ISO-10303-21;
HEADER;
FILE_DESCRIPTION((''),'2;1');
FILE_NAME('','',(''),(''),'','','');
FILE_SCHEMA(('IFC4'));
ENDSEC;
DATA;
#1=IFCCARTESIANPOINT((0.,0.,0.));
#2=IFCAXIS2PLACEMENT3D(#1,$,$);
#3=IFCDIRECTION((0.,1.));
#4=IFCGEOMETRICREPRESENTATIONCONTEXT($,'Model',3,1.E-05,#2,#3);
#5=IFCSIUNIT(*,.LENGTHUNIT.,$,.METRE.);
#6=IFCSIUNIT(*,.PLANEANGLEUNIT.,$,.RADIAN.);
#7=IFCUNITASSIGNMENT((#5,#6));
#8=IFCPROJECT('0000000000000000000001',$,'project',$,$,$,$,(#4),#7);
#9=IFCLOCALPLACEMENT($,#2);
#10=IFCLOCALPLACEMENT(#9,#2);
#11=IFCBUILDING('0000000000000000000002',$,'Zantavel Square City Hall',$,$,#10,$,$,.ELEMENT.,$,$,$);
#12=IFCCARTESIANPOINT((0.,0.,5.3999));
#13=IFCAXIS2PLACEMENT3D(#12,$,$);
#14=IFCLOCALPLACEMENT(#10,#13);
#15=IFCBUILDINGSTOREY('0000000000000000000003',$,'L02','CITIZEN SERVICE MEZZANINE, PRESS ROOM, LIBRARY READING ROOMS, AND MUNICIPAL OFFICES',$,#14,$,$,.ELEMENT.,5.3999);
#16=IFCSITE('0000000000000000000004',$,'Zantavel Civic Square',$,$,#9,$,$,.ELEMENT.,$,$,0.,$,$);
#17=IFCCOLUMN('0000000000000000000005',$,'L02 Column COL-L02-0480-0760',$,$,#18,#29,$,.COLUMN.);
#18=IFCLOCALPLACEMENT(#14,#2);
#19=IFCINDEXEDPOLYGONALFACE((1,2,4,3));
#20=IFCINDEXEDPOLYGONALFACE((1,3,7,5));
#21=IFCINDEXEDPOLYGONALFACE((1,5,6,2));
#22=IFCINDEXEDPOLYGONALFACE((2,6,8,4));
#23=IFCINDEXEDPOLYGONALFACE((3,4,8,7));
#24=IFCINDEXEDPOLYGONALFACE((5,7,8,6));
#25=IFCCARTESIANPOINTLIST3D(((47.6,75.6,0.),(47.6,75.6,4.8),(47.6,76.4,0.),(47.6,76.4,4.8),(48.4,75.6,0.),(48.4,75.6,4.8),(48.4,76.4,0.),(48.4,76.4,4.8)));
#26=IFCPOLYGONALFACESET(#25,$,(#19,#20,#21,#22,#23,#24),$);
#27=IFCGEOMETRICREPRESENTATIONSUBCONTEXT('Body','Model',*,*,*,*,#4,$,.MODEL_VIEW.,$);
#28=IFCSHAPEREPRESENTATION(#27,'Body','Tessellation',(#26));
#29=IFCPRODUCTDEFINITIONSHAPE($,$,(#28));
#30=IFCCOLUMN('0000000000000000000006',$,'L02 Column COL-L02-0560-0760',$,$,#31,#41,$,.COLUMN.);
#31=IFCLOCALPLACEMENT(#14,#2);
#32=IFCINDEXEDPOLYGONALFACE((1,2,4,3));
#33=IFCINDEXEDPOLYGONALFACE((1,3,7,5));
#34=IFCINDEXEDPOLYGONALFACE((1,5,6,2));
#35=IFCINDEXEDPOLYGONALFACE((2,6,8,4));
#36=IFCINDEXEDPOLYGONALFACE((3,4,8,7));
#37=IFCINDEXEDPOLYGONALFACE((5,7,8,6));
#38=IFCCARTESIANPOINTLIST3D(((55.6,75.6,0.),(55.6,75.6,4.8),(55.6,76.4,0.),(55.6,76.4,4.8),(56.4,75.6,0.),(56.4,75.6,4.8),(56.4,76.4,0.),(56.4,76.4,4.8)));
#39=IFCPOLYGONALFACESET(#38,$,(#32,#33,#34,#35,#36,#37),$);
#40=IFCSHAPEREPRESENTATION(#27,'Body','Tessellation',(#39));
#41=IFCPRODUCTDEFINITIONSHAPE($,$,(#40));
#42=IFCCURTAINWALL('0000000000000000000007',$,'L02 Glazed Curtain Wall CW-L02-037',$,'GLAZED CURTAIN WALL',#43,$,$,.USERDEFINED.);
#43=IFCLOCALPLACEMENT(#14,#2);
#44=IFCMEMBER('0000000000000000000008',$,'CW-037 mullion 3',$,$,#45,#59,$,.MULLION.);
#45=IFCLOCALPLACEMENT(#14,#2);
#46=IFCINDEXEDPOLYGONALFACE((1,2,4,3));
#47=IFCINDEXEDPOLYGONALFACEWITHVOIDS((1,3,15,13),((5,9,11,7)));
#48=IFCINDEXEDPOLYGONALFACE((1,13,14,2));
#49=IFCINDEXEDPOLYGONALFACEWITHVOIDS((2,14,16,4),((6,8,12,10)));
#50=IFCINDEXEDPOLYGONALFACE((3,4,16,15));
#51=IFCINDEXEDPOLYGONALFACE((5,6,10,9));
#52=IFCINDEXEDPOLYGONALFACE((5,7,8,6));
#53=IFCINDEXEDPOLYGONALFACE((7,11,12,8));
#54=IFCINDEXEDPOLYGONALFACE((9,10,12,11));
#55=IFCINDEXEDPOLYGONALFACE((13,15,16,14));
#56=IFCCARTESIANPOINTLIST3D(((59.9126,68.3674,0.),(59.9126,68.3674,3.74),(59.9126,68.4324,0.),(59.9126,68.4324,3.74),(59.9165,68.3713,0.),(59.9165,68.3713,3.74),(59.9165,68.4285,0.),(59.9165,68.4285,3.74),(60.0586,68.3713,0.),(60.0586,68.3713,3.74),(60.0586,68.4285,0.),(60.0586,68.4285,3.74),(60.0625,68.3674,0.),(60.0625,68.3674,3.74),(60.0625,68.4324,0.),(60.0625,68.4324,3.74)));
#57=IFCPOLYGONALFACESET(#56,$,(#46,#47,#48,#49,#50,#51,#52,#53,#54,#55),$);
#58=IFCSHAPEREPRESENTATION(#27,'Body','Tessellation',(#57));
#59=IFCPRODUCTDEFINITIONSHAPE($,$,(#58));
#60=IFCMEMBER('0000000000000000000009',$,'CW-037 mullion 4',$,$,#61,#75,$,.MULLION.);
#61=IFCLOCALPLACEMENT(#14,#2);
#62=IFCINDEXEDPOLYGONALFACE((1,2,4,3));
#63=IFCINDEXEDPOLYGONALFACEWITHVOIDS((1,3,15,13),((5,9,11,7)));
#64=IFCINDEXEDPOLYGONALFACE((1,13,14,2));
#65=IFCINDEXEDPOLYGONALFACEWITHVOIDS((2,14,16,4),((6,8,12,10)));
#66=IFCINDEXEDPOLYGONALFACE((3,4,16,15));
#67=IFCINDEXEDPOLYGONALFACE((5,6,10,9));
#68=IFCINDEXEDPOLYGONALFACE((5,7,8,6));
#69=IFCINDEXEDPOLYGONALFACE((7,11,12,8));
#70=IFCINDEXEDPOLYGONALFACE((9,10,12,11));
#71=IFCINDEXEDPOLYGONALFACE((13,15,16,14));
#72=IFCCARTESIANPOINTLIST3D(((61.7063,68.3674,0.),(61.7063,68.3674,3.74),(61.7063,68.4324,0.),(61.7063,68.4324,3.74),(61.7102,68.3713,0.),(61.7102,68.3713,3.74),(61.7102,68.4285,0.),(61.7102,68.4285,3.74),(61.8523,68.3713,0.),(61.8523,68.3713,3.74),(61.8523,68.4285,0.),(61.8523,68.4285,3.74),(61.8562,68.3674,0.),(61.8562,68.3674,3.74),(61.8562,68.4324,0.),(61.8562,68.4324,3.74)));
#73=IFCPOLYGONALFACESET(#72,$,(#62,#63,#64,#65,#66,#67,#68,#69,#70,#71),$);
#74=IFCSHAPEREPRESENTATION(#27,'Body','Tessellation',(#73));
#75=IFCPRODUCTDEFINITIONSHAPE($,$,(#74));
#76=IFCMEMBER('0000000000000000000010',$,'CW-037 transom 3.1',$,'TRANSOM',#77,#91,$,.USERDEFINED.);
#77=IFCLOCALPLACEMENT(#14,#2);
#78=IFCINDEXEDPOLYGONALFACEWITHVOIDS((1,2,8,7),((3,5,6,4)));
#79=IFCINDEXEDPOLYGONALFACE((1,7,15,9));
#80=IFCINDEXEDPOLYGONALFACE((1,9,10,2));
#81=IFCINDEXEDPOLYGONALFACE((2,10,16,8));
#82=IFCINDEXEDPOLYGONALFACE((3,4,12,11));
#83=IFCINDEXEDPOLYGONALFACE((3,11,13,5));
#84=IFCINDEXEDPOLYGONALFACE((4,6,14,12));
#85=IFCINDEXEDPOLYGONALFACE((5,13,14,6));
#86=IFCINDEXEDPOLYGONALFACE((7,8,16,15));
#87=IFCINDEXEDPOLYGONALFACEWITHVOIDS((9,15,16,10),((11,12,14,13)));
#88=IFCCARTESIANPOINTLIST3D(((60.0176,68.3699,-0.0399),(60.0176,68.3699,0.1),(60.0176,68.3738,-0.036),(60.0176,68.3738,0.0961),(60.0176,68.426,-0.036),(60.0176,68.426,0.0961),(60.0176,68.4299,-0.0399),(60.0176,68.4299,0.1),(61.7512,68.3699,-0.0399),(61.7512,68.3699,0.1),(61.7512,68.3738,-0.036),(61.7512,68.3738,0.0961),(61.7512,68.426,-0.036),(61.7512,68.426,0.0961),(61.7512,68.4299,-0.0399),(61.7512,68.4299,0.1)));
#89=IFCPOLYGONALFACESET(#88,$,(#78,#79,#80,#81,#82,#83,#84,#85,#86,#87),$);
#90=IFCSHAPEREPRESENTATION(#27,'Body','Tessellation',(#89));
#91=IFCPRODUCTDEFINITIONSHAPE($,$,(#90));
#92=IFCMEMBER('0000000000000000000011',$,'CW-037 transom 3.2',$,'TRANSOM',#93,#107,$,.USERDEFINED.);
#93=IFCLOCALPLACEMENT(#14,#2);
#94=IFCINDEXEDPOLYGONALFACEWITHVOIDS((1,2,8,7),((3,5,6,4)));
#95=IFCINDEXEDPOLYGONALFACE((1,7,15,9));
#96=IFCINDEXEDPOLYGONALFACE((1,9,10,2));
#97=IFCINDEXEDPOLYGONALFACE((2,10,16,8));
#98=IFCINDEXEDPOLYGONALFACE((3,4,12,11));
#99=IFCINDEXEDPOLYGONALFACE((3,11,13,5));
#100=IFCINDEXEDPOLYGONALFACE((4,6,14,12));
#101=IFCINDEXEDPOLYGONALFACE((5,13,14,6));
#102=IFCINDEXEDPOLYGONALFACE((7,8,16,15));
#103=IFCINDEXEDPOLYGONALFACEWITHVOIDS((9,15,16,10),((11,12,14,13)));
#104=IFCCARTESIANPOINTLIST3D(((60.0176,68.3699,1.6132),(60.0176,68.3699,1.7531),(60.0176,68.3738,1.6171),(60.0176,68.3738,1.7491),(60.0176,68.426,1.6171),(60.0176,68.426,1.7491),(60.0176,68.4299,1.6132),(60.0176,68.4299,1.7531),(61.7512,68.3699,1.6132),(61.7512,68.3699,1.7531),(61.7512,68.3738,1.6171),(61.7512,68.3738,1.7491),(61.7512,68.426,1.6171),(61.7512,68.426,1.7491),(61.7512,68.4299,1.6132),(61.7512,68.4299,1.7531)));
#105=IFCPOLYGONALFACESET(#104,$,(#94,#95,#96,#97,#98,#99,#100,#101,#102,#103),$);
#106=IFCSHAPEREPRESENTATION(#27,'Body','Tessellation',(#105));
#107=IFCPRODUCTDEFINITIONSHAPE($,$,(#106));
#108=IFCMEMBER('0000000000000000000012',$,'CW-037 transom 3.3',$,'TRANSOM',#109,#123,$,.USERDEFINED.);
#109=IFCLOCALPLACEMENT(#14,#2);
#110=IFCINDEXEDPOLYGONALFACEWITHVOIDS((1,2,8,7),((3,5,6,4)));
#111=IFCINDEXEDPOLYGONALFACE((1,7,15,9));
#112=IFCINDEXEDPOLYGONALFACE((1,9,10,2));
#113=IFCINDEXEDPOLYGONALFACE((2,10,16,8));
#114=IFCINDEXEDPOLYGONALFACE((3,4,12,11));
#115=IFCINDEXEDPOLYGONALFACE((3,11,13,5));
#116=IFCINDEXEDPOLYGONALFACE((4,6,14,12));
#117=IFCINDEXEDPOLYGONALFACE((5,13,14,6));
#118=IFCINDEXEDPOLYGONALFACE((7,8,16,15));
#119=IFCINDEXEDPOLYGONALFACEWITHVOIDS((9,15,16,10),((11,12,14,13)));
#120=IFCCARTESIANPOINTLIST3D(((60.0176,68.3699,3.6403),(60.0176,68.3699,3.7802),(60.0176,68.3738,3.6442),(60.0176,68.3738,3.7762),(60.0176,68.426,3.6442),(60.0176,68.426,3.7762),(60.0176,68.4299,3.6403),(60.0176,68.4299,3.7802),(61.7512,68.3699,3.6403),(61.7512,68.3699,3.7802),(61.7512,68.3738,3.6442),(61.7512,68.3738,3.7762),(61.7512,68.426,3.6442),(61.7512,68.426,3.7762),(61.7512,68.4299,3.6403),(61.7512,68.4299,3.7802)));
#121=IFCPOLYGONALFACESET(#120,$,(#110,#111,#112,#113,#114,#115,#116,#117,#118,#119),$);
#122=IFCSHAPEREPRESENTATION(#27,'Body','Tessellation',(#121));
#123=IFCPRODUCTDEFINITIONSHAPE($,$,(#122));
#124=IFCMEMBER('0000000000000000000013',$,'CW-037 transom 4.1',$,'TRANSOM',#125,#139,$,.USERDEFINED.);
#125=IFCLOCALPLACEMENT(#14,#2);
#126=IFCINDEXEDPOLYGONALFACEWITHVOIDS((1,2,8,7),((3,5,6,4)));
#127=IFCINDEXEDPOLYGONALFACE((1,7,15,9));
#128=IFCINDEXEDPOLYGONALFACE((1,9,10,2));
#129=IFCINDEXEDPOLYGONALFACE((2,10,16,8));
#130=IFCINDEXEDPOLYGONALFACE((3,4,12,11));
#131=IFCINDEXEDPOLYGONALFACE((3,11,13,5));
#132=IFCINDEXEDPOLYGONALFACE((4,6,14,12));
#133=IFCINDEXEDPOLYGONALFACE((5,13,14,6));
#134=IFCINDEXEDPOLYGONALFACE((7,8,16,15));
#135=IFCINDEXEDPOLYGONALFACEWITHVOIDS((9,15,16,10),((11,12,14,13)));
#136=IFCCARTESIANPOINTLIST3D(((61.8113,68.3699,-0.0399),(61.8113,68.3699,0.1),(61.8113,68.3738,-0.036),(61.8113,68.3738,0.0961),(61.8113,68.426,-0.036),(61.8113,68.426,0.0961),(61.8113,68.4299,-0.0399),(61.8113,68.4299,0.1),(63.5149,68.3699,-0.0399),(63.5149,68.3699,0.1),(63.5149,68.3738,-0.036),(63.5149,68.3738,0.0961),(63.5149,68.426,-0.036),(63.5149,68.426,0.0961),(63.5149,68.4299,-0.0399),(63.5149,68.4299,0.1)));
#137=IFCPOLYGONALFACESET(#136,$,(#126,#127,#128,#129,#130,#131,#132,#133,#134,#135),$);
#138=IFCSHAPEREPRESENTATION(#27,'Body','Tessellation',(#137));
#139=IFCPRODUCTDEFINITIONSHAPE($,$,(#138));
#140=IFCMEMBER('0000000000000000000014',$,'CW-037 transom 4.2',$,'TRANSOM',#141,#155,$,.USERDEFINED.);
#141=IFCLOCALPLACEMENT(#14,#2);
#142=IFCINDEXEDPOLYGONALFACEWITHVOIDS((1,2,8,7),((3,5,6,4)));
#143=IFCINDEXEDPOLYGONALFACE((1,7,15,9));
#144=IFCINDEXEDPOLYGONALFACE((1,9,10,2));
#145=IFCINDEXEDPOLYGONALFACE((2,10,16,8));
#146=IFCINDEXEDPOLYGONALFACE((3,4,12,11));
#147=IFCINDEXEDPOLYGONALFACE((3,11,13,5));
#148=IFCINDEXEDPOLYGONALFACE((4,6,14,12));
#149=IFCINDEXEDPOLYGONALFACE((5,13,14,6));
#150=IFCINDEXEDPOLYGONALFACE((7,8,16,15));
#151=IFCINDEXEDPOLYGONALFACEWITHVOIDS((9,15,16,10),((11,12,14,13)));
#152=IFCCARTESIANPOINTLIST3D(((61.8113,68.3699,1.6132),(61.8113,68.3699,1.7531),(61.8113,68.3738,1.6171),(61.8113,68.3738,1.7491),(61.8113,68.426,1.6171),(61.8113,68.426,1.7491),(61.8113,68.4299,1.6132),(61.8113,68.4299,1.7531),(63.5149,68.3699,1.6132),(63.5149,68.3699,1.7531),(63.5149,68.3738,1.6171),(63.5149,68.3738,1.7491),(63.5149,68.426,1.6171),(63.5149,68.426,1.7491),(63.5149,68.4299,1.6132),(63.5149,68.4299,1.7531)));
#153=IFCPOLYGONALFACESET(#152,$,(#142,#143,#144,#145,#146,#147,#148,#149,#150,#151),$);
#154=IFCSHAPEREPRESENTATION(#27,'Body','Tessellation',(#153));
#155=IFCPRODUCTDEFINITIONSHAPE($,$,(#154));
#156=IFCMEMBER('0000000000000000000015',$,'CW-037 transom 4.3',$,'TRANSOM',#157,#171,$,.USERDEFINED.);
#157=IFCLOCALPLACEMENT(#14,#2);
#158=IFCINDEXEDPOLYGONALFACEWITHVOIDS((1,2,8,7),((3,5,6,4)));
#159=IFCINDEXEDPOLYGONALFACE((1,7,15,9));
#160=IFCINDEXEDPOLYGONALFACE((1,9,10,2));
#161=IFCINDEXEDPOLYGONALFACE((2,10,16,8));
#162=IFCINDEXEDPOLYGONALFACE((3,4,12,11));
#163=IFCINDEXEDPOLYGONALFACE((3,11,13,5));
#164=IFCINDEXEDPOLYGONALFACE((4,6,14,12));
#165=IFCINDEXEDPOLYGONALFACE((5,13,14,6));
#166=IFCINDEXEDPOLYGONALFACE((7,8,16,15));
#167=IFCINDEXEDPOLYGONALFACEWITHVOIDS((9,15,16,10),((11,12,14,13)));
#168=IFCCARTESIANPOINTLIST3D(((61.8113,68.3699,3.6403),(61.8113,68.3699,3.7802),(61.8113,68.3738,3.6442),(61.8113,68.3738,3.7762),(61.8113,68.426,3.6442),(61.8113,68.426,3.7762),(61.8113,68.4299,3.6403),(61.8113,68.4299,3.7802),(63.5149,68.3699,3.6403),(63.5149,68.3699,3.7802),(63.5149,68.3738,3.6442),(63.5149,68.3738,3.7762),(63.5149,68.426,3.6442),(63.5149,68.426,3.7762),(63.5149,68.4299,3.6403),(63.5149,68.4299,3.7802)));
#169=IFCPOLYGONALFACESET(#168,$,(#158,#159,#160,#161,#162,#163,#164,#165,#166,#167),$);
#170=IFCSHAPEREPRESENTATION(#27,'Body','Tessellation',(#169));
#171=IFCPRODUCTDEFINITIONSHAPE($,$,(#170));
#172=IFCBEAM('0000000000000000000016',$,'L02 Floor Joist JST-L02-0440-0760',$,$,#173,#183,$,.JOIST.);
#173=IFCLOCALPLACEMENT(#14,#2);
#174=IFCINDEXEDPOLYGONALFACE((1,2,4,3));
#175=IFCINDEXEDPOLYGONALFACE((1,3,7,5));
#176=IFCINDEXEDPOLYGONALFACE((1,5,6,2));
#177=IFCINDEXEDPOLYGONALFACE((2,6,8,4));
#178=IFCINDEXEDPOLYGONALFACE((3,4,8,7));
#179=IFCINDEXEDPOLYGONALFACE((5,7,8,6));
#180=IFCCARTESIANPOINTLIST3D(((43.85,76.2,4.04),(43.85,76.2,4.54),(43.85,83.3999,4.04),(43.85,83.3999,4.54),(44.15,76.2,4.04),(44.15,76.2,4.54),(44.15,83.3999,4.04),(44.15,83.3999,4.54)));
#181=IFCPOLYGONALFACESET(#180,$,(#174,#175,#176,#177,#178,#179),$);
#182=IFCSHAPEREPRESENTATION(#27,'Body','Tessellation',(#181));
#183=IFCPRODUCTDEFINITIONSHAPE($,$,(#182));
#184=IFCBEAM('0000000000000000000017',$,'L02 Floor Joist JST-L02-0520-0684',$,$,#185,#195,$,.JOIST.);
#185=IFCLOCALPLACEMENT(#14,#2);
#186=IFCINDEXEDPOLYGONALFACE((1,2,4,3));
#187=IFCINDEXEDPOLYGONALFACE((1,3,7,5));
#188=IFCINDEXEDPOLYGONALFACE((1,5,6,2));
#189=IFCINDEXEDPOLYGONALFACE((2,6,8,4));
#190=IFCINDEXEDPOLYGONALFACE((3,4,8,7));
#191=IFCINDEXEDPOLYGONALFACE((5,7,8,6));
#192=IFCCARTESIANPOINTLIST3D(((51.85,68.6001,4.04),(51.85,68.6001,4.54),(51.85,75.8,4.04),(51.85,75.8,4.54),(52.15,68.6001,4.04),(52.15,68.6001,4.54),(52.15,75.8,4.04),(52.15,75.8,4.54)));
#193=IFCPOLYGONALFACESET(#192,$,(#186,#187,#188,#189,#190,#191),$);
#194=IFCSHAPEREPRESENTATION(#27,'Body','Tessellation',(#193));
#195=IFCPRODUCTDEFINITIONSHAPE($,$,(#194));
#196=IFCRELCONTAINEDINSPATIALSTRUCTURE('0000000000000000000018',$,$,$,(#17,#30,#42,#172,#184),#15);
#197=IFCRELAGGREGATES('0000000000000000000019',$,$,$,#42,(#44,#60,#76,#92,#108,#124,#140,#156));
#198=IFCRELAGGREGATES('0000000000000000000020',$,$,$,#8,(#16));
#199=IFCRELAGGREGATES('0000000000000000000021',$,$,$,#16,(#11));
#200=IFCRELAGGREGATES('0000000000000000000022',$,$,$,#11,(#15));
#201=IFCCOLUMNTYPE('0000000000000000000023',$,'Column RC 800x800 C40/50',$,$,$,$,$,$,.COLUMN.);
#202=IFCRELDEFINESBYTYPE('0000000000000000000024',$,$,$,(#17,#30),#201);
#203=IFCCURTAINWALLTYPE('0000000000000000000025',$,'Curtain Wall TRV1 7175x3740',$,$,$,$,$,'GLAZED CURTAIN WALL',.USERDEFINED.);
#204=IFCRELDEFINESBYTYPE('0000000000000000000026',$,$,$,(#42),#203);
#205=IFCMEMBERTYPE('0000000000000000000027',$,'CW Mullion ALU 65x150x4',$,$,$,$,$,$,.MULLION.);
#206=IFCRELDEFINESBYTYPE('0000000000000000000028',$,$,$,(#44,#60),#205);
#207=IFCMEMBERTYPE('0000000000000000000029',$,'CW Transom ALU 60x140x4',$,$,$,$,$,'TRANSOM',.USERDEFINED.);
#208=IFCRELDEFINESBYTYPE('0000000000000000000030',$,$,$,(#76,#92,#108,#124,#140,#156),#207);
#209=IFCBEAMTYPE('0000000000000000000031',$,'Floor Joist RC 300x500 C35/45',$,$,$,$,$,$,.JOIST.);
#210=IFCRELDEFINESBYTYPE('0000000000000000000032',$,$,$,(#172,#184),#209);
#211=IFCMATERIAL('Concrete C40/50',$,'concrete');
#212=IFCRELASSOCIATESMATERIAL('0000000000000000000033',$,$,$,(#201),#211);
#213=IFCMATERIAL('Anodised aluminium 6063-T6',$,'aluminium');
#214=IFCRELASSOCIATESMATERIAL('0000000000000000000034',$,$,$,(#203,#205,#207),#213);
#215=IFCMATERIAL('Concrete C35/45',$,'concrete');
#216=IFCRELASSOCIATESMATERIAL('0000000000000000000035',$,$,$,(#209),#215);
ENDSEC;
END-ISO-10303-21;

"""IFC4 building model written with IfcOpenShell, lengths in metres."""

from ifc_helpers import new_model, si_unit, direction, frame, origin, origin_2d, place, context, subcontext, project, spatial, rectangle, hollow_rectangle, extrude, material, material_profile, profile_set, type_object, element, aggregate, save


model = new_model("IFC4")

# Units and contexts
model_context = context("Model", 3, precision=1e-05, world=origin(), true_north=direction((0.0, 1.0)))
body_context = subcontext(model_context, "Body", "Model", "MODEL_VIEW")
ifc_project = project(units=[si_unit("LENGTHUNIT", "METRE"), si_unit("PLANEANGLEUNIT", "RADIAN")], contexts=[model_context])

# Site, building, storey
site_placement = place(None, origin())
site = spatial("IfcSite", under=ifc_project, at=site_placement, Name="Zantavel Civic Square", CompositionType="ELEMENT", RefElevation=0.0)
building_placement = place(site_placement, origin())
building = spatial("IfcBuilding", under=site, at=building_placement, Name="Zantavel Square City Hall", CompositionType="ELEMENT")
storey_placement = place(building_placement, frame((0.0, 0.0, 5.3999)))
storey = spatial("IfcBuildingStorey", under=building, at=storey_placement, Name="L02", Description="CITIZEN SERVICE MEZZANINE, PRESS ROOM, LIBRARY READING ROOMS, AND MUNICIPAL OFFICES", CompositionType="ELEMENT", Elevation=5.3999)

# Columns
ifc_material_1 = material(Name="Concrete C40/50", Category="concrete")
ifc_material_profile_1 = material_profile(ifc_material_1, rectangle(XDim=0.8, YDim=0.8, at=origin_2d()), Name="RC 800x800")
ifc_profile_set_1 = profile_set([ifc_material_profile_1], Name="Concrete C40/50")
column_type = type_object("IfcColumnType", Name="Column RC 800x800 C40/50", PredefinedType="COLUMN", material=ifc_profile_set_1)
for number, where, z_axis, x_axis, name in (
    (1, (48.0, 76.0, 0.0), (0.0, 0.0, 1.0), (1.0, 0.0, 0.0), "L02 Column COL-L02-0480-0760"),
    (2, (56.0, 76.0, 0.0), (0.0, 0.0, 1.0), (1.0, 0.0, 0.0), "L02 Column COL-L02-0560-0760"),
):
    element("IfcColumn", number, at=place(storey_placement, frame(where, z_axis=z_axis, x_axis=x_axis)), inside=storey, type_object=column_type, Name=name, PredefinedType="COLUMN", context=body_context, shape_type="SweptSolid", body=[
        extrude(rectangle(XDim=0.8, YDim=0.8, at=origin_2d()), origin(), (0.0, 0.0, 1.0), 4.8),
    ])

# Curtain wall, members
ifc_material_2 = material(Name="Anodised aluminium 6063-T6", Category="aluminium")
curtain_wall_type = type_object("IfcCurtainWallType", Name="Curtain Wall TRV1 7175x3740", ElementType="GLAZED CURTAIN WALL", PredefinedType="USERDEFINED", material=ifc_material_2)
curtain_wall_placement = place(storey_placement, origin())
curtain_wall = element("IfcCurtainWall", 3, at=curtain_wall_placement, inside=storey, type_object=curtain_wall_type, Name="L02 Glazed Curtain Wall CW-L02-037", ObjectType="GLAZED CURTAIN WALL", PredefinedType="USERDEFINED")
ifc_material_profile_2 = material_profile(ifc_material_2, hollow_rectangle(XDim=0.0649, YDim=0.1499, WallThickness=0.0039, at=origin_2d()), Name="ALU 65x150x4")
ifc_profile_set_2 = profile_set([ifc_material_profile_2], Name="Anodised aluminium 6063-T6")
member_type_1 = type_object("IfcMemberType", Name="CW Mullion ALU 65x150x4", PredefinedType="MULLION", material=ifc_profile_set_2)
member_1_placement = place(storey_placement, frame((59.9875, 68.3999, 0.0), z_axis=(0.0, 0.0, 1.0), x_axis=(0.0, 1.0, 0.0)))
member_1 = element("IfcMember", 4, at=member_1_placement, type_object=member_type_1, Name="CW-037 mullion 3", PredefinedType="MULLION", context=body_context, shape_type="SweptSolid", body=[
    extrude(hollow_rectangle(XDim=0.0649, YDim=0.1499, WallThickness=0.0039, at=origin_2d()), origin(), (0.0, 0.0, 1.0), 3.74),
])
member_2_placement = place(storey_placement, frame((61.7812, 68.3999, 0.0), z_axis=(0.0, 0.0, 1.0), x_axis=(0.0, 1.0, 0.0)))
member_2 = element("IfcMember", 5, at=member_2_placement, type_object=member_type_1, Name="CW-037 mullion 4", PredefinedType="MULLION", context=body_context, shape_type="SweptSolid", body=[
    extrude(hollow_rectangle(XDim=0.0649, YDim=0.1499, WallThickness=0.0039, at=origin_2d()), origin(), (0.0, 0.0, 1.0), 3.74),
])
ifc_material_profile_3 = material_profile(ifc_material_2, hollow_rectangle(XDim=0.0601, YDim=0.1399, WallThickness=0.0039, at=origin_2d()), Name="ALU 60x140x4")
ifc_profile_set_3 = profile_set([ifc_material_profile_3], Name="Anodised aluminium 6063-T6")
member_type_2 = type_object("IfcMemberType", Name="CW Transom ALU 60x140x4", ElementType="TRANSOM", PredefinedType="USERDEFINED", material=ifc_profile_set_3)
member_3_placement = place(storey_placement, frame((60.0176, 68.3999, 0.03), z_axis=(1.0, 0.0, 0.0), x_axis=(0.0, 1.0, 0.0)))
member_3 = element("IfcMember", 6, at=member_3_placement, type_object=member_type_2, Name="CW-037 transom 3.1", ObjectType="TRANSOM", PredefinedType="USERDEFINED", context=body_context, shape_type="SweptSolid", body=[
    extrude(hollow_rectangle(XDim=0.0601, YDim=0.1399, WallThickness=0.0039, at=origin_2d()), origin(), (0.0, 0.0, 1.0), 1.7336),
])
member_4_placement = place(storey_placement, frame((60.0176, 68.3999, 1.6831), z_axis=(1.0, 0.0, 0.0), x_axis=(0.0, 1.0, 0.0)))
member_4 = element("IfcMember", 7, at=member_4_placement, type_object=member_type_2, Name="CW-037 transom 3.2", ObjectType="TRANSOM", PredefinedType="USERDEFINED", context=body_context, shape_type="SweptSolid", body=[
    extrude(hollow_rectangle(XDim=0.0601, YDim=0.1399, WallThickness=0.0039, at=origin_2d()), origin(), (0.0, 0.0, 1.0), 1.7336),
])
member_5_placement = place(storey_placement, frame((60.0176, 68.3999, 3.7102), z_axis=(1.0, 0.0, 0.0), x_axis=(0.0, 1.0, 0.0)))
member_5 = element("IfcMember", 8, at=member_5_placement, type_object=member_type_2, Name="CW-037 transom 3.3", ObjectType="TRANSOM", PredefinedType="USERDEFINED", context=body_context, shape_type="SweptSolid", body=[
    extrude(hollow_rectangle(XDim=0.0601, YDim=0.1399, WallThickness=0.0039, at=origin_2d()), origin(), (0.0, 0.0, 1.0), 1.7336),
])
member_6_placement = place(storey_placement, frame((61.8113, 68.3999, 0.03), z_axis=(1.0, 0.0, 0.0), x_axis=(0.0, 1.0, 0.0)))
member_6 = element("IfcMember", 9, at=member_6_placement, type_object=member_type_2, Name="CW-037 transom 4.1", ObjectType="TRANSOM", PredefinedType="USERDEFINED", context=body_context, shape_type="SweptSolid", body=[
    extrude(hollow_rectangle(XDim=0.0601, YDim=0.1399, WallThickness=0.0039, at=origin_2d()), origin(), (0.0, 0.0, 1.0), 1.7036),
])
member_7_placement = place(storey_placement, frame((61.8113, 68.3999, 1.6831), z_axis=(1.0, 0.0, 0.0), x_axis=(0.0, 1.0, 0.0)))
member_7 = element("IfcMember", 10, at=member_7_placement, type_object=member_type_2, Name="CW-037 transom 4.2", ObjectType="TRANSOM", PredefinedType="USERDEFINED", context=body_context, shape_type="SweptSolid", body=[
    extrude(hollow_rectangle(XDim=0.0601, YDim=0.1399, WallThickness=0.0039, at=origin_2d()), origin(), (0.0, 0.0, 1.0), 1.7036),
])
member_8_placement = place(storey_placement, frame((61.8113, 68.3999, 3.7102), z_axis=(1.0, 0.0, 0.0), x_axis=(0.0, 1.0, 0.0)))
member_8 = element("IfcMember", 11, at=member_8_placement, type_object=member_type_2, Name="CW-037 transom 4.3", ObjectType="TRANSOM", PredefinedType="USERDEFINED", context=body_context, shape_type="SweptSolid", body=[
    extrude(hollow_rectangle(XDim=0.0601, YDim=0.1399, WallThickness=0.0039, at=origin_2d()), origin(), (0.0, 0.0, 1.0), 1.7036),
])

# Beams
ifc_material_3 = material(Name="Concrete C35/45", Category="concrete")
ifc_material_profile_4 = material_profile(ifc_material_3, rectangle(XDim=0.3, YDim=0.5, at=origin_2d()), Name="RC 300x500")
ifc_profile_set_4 = profile_set([ifc_material_profile_4], Name="Concrete C35/45")
beam_type_1 = type_object("IfcBeamType", Name="Floor Joist RC 300x500 C35/45", PredefinedType="JOIST", material=ifc_profile_set_4)
for number, where, z_axis, x_axis, name in (
    (12, (44.0, 76.2, 4.29), (0.0, 1.0, 0.0), (-1.0, 0.0, 0.0), "L02 Floor Joist JST-L02-0440-0760"),
    (13, (52.0, 68.6001, 4.29), (0.0, 1.0, 0.0), (-1.0, 0.0, 0.0), "L02 Floor Joist JST-L02-0520-0684"),
):
    element("IfcBeam", number, at=place(storey_placement, frame(where, z_axis=z_axis, x_axis=x_axis)), inside=storey, type_object=beam_type_1, Name=name, PredefinedType="JOIST", context=body_context, shape_type="SweptSolid", body=[
        extrude(rectangle(XDim=0.3, YDim=0.5, at=origin_2d()), origin(), (0.0, 0.0, 1.0), 7.2),
    ])

aggregate(curtain_wall, [member_1, member_2, member_3, member_4, member_5, member_6, member_7, member_8])

save(model, "model.ifc")
